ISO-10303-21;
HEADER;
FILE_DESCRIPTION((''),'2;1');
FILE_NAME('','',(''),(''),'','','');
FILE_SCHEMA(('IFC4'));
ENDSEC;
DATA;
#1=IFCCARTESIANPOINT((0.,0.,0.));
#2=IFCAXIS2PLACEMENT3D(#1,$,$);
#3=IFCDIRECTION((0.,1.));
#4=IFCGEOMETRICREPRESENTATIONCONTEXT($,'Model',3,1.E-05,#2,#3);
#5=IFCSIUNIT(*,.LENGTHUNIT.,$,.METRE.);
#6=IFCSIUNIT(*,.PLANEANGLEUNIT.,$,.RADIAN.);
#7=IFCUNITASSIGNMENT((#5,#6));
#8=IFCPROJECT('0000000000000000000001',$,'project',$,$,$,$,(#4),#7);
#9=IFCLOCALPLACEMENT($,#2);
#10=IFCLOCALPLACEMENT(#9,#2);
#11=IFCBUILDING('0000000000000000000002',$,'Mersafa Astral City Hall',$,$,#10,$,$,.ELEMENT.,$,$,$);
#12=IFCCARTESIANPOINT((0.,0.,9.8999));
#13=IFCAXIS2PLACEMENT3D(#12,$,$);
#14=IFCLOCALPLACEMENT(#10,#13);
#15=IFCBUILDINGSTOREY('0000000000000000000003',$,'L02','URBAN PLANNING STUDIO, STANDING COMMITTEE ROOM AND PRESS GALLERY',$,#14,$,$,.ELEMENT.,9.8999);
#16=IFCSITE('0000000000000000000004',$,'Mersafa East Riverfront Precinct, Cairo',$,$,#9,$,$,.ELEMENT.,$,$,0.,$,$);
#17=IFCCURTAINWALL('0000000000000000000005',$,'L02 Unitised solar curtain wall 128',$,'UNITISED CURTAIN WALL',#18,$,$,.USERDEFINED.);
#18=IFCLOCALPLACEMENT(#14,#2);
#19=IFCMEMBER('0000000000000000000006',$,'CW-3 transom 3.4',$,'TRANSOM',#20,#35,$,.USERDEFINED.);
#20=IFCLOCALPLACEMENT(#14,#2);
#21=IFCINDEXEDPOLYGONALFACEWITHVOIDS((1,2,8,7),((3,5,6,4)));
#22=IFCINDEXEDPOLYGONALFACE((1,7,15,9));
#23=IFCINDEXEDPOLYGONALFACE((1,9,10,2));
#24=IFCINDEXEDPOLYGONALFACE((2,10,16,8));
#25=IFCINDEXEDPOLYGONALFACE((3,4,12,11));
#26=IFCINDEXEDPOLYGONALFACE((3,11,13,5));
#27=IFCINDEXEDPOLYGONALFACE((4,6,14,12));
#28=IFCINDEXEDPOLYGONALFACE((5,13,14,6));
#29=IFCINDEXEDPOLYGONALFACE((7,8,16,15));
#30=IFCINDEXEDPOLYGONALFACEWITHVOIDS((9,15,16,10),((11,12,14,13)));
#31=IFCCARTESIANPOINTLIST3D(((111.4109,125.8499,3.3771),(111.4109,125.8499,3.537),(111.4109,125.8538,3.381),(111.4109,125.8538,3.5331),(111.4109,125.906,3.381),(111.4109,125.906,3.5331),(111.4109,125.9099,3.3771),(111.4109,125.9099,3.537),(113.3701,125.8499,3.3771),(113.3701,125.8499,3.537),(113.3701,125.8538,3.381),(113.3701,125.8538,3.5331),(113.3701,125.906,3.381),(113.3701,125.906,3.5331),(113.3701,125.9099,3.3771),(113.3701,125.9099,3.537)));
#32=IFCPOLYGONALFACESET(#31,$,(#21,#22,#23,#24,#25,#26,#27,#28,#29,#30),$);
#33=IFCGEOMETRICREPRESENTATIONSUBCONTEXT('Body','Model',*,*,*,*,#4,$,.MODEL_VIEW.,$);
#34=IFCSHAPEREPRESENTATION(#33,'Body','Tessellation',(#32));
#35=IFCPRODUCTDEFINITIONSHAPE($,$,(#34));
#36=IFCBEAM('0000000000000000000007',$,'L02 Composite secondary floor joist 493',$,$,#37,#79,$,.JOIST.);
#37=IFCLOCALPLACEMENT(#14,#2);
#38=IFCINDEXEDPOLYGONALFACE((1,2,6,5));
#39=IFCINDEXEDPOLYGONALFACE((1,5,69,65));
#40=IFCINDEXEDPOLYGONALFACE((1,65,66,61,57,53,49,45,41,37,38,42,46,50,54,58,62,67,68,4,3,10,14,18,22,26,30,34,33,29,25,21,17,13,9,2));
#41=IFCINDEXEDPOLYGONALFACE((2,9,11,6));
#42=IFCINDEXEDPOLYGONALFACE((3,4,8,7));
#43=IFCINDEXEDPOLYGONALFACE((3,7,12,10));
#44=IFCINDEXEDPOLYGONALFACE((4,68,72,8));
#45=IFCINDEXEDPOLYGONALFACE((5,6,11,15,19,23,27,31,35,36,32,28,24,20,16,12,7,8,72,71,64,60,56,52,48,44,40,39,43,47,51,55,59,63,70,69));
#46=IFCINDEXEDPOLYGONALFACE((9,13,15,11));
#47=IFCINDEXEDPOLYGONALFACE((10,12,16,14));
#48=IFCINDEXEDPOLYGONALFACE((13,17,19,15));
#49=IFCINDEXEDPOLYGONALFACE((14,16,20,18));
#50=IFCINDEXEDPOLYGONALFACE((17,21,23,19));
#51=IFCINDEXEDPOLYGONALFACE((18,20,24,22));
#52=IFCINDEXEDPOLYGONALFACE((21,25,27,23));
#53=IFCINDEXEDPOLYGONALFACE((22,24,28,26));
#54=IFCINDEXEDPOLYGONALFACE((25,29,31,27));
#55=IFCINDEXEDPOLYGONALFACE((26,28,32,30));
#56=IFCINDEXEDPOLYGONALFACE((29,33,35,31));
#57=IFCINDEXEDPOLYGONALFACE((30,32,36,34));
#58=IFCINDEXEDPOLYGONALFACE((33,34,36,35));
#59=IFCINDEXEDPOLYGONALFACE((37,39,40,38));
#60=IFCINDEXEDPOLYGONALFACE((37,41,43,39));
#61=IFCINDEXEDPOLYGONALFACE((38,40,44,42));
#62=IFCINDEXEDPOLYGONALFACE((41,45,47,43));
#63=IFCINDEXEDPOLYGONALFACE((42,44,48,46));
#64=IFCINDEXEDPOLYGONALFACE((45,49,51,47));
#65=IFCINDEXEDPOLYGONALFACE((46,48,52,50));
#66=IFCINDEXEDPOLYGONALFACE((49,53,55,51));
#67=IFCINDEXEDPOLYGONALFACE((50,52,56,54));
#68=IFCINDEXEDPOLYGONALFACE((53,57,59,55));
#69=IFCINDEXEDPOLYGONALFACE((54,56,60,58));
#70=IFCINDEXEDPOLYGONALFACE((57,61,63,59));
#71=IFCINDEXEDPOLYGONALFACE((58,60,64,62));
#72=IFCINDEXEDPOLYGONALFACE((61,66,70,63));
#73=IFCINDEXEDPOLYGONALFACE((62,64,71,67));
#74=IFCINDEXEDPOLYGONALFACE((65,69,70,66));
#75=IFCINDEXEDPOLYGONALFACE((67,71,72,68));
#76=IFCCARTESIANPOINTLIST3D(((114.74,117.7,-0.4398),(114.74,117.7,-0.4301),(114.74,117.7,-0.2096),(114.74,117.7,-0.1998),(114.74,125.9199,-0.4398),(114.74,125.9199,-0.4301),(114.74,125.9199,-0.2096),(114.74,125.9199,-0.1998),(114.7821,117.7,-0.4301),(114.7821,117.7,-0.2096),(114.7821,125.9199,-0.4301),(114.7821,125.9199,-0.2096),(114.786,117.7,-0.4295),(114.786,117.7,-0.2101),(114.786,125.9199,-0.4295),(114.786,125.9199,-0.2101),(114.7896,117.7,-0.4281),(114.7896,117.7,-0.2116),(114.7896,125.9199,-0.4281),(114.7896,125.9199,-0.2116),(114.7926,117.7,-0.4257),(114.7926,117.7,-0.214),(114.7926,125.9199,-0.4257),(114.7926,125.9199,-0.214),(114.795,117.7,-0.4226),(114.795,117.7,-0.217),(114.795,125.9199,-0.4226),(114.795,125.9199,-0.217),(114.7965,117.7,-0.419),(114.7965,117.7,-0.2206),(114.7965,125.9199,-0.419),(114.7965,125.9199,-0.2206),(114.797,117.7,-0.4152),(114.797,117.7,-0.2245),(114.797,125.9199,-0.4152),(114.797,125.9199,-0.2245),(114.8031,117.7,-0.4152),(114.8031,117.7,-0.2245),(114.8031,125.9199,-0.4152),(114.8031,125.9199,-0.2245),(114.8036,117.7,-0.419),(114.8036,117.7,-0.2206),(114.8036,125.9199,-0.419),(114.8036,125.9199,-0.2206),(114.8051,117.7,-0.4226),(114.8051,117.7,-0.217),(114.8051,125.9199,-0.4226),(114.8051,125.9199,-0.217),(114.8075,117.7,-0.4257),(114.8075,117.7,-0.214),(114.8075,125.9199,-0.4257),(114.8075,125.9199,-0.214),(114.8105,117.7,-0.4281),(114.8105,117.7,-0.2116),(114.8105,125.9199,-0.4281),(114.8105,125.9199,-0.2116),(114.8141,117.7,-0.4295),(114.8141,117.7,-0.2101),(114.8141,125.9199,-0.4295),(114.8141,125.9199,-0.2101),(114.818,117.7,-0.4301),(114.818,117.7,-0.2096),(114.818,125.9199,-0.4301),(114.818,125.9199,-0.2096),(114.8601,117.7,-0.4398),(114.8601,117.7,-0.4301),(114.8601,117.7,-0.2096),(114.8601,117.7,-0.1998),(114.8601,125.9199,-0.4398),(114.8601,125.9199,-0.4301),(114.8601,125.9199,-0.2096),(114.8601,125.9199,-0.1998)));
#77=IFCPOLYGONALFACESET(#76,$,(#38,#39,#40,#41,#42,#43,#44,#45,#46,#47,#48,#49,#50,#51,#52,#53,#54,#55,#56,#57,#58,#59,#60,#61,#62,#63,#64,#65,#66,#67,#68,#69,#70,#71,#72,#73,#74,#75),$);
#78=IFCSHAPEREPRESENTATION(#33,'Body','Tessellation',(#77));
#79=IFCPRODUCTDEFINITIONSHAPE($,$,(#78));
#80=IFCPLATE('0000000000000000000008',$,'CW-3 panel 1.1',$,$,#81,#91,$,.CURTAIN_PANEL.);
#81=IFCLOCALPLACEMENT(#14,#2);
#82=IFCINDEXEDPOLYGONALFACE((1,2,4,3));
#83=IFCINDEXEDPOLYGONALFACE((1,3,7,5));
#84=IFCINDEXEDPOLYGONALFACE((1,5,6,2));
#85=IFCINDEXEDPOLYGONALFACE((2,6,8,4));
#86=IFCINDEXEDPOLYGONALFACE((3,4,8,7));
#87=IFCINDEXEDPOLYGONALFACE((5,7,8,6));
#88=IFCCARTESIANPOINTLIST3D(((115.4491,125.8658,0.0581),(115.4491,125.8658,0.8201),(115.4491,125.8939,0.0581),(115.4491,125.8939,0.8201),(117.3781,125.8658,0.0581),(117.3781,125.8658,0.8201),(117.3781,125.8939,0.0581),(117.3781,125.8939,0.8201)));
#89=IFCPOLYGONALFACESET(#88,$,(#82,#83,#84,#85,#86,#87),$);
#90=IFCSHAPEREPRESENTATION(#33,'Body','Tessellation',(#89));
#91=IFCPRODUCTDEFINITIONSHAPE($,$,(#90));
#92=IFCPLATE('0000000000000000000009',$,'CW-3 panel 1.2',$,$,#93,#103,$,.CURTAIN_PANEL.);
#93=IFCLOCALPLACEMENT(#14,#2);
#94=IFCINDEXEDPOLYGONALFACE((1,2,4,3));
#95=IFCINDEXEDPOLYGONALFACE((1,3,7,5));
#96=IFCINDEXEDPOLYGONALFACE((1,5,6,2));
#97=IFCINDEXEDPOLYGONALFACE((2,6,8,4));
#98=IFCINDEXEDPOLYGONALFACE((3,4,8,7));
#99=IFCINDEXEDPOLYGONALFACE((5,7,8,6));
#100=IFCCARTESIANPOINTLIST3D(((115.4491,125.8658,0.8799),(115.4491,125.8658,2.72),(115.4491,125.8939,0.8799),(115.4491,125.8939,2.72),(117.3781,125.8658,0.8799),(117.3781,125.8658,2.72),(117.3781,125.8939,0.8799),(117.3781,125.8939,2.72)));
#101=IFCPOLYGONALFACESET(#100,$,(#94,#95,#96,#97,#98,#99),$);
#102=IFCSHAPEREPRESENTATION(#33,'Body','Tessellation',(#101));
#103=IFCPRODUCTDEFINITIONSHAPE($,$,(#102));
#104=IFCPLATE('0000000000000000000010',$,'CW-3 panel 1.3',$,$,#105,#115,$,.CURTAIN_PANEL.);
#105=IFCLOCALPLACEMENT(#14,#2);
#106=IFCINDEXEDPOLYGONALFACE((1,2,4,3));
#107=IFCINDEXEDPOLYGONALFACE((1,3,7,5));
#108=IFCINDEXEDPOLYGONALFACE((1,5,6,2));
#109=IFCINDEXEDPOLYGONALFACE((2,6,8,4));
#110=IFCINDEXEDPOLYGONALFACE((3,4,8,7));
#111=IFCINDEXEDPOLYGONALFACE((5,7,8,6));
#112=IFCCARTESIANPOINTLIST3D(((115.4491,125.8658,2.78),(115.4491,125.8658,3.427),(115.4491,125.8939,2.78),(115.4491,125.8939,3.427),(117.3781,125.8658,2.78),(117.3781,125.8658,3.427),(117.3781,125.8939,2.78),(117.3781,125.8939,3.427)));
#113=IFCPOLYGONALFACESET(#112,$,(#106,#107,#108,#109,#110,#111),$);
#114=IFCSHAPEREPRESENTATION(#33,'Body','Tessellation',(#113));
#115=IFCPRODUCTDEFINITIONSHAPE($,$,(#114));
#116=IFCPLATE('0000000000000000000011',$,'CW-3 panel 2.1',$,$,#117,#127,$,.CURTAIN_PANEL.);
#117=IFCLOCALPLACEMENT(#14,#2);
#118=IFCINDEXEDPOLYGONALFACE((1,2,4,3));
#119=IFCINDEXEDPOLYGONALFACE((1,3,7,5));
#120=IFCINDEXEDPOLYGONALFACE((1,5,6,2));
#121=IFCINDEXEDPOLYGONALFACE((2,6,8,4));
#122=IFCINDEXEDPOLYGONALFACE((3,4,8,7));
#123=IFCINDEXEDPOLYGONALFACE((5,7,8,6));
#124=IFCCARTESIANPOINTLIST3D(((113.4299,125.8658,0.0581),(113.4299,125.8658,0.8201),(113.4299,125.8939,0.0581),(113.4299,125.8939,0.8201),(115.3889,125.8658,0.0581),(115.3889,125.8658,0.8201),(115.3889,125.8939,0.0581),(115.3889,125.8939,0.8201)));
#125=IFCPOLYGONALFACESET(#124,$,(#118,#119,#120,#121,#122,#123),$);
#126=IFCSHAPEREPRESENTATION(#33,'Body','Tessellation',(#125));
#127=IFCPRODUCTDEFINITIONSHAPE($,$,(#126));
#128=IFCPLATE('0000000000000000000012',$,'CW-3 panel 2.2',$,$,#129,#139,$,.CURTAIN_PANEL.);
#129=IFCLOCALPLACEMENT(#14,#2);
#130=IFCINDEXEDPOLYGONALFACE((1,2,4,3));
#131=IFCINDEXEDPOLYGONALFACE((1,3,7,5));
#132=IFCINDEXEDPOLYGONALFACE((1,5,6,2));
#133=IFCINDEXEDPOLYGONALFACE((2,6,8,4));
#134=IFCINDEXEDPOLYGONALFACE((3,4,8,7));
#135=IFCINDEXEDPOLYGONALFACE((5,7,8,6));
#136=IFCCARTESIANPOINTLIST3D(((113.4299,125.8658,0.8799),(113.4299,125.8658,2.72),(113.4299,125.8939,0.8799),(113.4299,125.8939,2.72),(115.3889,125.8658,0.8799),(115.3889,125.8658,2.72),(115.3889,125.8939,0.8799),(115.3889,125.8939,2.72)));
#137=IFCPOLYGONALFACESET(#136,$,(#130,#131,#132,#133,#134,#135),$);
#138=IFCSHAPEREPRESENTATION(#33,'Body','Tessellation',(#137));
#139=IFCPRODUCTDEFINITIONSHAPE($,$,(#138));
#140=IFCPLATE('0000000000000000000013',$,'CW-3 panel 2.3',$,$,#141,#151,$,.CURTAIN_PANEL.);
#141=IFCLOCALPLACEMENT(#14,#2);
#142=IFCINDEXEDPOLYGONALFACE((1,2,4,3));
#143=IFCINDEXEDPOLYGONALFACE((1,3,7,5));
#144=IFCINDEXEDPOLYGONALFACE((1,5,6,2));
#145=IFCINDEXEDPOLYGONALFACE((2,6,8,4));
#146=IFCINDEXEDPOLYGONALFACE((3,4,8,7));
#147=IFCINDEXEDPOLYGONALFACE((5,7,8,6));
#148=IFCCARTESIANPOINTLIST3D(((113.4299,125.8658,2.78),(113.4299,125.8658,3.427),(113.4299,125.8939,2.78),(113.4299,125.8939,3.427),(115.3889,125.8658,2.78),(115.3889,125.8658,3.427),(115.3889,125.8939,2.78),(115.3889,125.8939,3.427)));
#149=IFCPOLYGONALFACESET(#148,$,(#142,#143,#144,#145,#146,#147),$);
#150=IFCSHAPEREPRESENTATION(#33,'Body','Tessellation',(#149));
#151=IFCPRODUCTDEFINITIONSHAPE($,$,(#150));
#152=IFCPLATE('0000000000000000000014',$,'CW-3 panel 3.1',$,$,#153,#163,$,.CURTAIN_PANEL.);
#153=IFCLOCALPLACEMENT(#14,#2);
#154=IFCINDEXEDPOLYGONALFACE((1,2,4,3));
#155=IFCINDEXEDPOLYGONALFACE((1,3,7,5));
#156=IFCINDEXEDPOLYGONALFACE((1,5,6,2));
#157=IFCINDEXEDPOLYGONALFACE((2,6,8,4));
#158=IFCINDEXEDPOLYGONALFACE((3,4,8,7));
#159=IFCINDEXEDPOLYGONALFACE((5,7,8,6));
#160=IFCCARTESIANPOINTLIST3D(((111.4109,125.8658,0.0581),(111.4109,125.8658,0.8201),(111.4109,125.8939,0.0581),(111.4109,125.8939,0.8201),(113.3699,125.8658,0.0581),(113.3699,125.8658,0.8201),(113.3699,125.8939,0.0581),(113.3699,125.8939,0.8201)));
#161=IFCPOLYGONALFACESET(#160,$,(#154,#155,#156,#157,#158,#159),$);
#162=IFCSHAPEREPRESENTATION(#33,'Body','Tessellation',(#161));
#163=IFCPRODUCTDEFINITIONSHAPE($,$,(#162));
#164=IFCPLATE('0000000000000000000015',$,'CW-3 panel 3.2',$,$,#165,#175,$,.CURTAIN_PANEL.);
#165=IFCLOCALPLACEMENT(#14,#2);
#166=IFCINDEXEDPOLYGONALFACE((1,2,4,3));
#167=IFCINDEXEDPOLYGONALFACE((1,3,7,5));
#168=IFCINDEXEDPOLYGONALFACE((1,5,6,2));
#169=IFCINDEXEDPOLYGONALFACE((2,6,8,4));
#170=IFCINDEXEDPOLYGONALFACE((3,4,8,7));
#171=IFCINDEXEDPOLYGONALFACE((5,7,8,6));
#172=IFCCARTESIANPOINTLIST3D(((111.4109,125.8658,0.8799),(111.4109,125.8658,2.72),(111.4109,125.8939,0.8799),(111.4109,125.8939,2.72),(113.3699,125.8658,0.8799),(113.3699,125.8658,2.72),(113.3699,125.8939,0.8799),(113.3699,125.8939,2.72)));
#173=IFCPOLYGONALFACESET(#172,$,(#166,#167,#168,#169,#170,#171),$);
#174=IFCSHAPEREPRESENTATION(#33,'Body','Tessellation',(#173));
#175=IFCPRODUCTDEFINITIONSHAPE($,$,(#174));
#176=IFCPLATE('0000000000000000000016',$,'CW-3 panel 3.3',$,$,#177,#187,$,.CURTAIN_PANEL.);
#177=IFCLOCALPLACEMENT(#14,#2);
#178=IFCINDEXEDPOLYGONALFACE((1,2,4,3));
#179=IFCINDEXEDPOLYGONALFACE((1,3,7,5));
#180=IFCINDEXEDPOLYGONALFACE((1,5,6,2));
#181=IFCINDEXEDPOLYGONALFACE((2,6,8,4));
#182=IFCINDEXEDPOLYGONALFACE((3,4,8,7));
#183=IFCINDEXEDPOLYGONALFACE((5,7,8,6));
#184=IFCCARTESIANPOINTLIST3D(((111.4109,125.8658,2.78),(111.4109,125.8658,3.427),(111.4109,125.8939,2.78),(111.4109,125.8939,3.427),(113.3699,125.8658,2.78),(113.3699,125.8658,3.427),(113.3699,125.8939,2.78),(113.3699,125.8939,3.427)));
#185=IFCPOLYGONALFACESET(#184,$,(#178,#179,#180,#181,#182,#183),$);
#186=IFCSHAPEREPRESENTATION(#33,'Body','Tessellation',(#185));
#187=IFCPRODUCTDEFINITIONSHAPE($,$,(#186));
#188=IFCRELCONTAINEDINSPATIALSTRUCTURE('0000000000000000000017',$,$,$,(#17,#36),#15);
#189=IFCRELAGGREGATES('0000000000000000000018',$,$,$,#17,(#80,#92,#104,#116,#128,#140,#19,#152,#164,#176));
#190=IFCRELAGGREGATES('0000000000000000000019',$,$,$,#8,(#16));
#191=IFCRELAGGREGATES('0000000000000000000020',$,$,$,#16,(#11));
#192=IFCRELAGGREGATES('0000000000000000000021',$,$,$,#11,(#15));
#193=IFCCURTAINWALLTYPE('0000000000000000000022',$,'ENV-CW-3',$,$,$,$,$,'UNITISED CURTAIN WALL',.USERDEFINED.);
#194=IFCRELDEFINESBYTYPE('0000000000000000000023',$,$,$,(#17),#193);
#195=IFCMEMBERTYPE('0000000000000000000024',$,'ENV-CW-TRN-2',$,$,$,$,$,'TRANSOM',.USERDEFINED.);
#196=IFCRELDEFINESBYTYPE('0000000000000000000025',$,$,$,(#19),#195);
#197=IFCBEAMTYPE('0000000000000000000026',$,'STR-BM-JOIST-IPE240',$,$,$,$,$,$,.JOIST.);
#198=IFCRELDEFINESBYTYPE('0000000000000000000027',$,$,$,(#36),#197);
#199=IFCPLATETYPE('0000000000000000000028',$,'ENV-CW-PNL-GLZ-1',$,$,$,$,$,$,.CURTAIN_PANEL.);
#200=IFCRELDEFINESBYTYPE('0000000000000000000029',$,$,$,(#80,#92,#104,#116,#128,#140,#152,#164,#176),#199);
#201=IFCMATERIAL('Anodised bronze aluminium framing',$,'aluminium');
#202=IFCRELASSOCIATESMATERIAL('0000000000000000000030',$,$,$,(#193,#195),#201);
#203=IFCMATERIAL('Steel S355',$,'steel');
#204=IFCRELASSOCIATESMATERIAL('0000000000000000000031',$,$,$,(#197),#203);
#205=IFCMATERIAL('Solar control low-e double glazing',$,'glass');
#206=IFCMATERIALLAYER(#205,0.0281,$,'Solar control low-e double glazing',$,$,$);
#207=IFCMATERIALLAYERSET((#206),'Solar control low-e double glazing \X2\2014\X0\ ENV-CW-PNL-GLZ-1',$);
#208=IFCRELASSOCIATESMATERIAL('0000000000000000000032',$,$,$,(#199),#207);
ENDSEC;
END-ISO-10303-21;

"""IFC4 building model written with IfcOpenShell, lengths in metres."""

from ifc_helpers import new_model, si_unit, direction, frame, origin, origin_2d, place, context, subcontext, project, spatial, rectangle, hollow_rectangle, i_section, extrude, material, layer, layer_set, material_profile, profile_set, type_object, element, aggregate, save


model = new_model("IFC4")

# Units and contexts
model_context = context("Model", 3, precision=1e-05, world=origin(), true_north=direction((0.0, 1.0)))
body_context = subcontext(model_context, "Body", "Model", "MODEL_VIEW")
ifc_project = project(units=[si_unit("LENGTHUNIT", "METRE"), si_unit("PLANEANGLEUNIT", "RADIAN")], contexts=[model_context])

# Site, building, storey
site_placement = place(None, origin())
site = spatial("IfcSite", under=ifc_project, at=site_placement, Name="Mersafa East Riverfront Precinct, Cairo", CompositionType="ELEMENT", RefElevation=0.0)
building_placement = place(site_placement, origin())
building = spatial("IfcBuilding", under=site, at=building_placement, Name="Mersafa Astral City Hall", CompositionType="ELEMENT")
storey_placement = place(building_placement, frame((0.0, 0.0, 9.8999)))
storey = spatial("IfcBuildingStorey", under=building, at=storey_placement, Name="L02", Description="URBAN PLANNING STUDIO, STANDING COMMITTEE ROOM AND PRESS GALLERY", CompositionType="ELEMENT", Elevation=9.8999)

# Curtain wall, member
ifc_material_1 = material(Name="Anodised bronze aluminium framing", Category="aluminium")
curtain_wall_type = type_object("IfcCurtainWallType", Name="ENV-CW-3", ElementType="UNITISED CURTAIN WALL", PredefinedType="USERDEFINED", material=ifc_material_1)
curtain_wall_placement = place(storey_placement, origin())
curtain_wall = element("IfcCurtainWall", 1, at=curtain_wall_placement, inside=storey, type_object=curtain_wall_type, Name="L02 Unitised solar curtain wall 128", ObjectType="UNITISED CURTAIN WALL", PredefinedType="USERDEFINED")
ifc_material_profile_1 = material_profile(ifc_material_1, hollow_rectangle(XDim=0.0601, YDim=0.1599, WallThickness=0.0039, at=origin_2d()), Name="RHS 60x160x4")
ifc_profile_set_1 = profile_set([ifc_material_profile_1], Name="Anodised bronze aluminium framing")
member_type_1 = type_object("IfcMemberType", Name="ENV-CW-TRN-2", ElementType="TRANSOM", PredefinedType="USERDEFINED", material=ifc_profile_set_1)
member_1_placement = place(storey_placement, frame((113.3701, 125.8799, 3.457), z_axis=(-1.0, 0.0, 0.0), x_axis=(0.0, -1.0, 0.0)))
member_1 = element("IfcMember", 2, at=member_1_placement, type_object=member_type_1, Name="CW-3 transom 3.4", ObjectType="TRANSOM", PredefinedType="USERDEFINED", context=body_context, shape_type="SweptSolid", body=[
    extrude(hollow_rectangle(XDim=0.0601, YDim=0.1599, WallThickness=0.0039, at=origin_2d()), origin(), (0.0, 0.0, 1.0), 1.9592),
])

# Beam
ifc_material_2 = material(Name="Steel S355", Category="steel")
ifc_material_profile_2 = material_profile(ifc_material_2, i_section(OverallWidth=0.1201, OverallDepth=0.24, WebThickness=0.0061, FlangeThickness=0.0098, FilletRadius=0.0149, at=origin_2d()), Name="IPE 240")
ifc_profile_set_2 = profile_set([ifc_material_profile_2], Name="Steel S355")
beam_type = type_object("IfcBeamType", Name="STR-BM-JOIST-IPE240", PredefinedType="JOIST", material=ifc_profile_set_2)
beam_placement = place(storey_placement, frame((114.8, 117.7, -0.3198), z_axis=(0.0, 1.0, 0.0), x_axis=(-1.0, 0.0, 0.0)))
element("IfcBeam", 3, at=beam_placement, inside=storey, type_object=beam_type, Name="L02 Composite secondary floor joist 493", PredefinedType="JOIST", context=body_context, shape_type="SweptSolid", body=[
    extrude(i_section(OverallWidth=0.1201, OverallDepth=0.24, WebThickness=0.0061, FlangeThickness=0.0098, FilletRadius=0.0149, at=origin_2d()), origin(), (0.0, 0.0, 1.0), 8.22),
])

# Plates
ifc_material_3 = material(Name="Solar control low-e double glazing", Category="glass")
ifc_layer_1 = layer(ifc_material_3, 0.0281, Name="Solar control low-e double glazing")
ifc_layer_set_1 = layer_set([ifc_layer_1], Name="Solar control low-e double glazing — ENV-CW-PNL-GLZ-1")
plate_type = type_object("IfcPlateType", Name="ENV-CW-PNL-GLZ-1", PredefinedType="CURTAIN_PANEL", material=ifc_layer_set_1)
plate_1_placement = place(storey_placement, frame((116.4136, 125.8799, 0.0581), z_axis=(0.0, 0.0, 1.0), x_axis=(-1.0, 0.0, 0.0)))
plate_1 = element("IfcPlate", 4, at=plate_1_placement, type_object=plate_type, Name="CW-3 panel 1.1", PredefinedType="CURTAIN_PANEL", context=body_context, shape_type="SweptSolid", body=[
    extrude(rectangle(XDim=1.929, YDim=0.0281, at=origin_2d()), origin(), (0.0, 0.0, 1.0), 0.762),
])
plate_2_placement = place(storey_placement, frame((116.4136, 125.8799, 0.8799), z_axis=(0.0, 0.0, 1.0), x_axis=(-1.0, 0.0, 0.0)))
plate_2 = element("IfcPlate", 5, at=plate_2_placement, type_object=plate_type, Name="CW-3 panel 1.2", PredefinedType="CURTAIN_PANEL", context=body_context, shape_type="SweptSolid", body=[
    extrude(rectangle(XDim=1.929, YDim=0.0281, at=origin_2d()), origin(), (0.0, 0.0, 1.0), 1.8401),
])
plate_3_placement = place(storey_placement, frame((116.4136, 125.8799, 2.78), z_axis=(0.0, 0.0, 1.0), x_axis=(-1.0, 0.0, 0.0)))
plate_3 = element("IfcPlate", 6, at=plate_3_placement, type_object=plate_type, Name="CW-3 panel 1.3", PredefinedType="CURTAIN_PANEL", context=body_context, shape_type="SweptSolid", body=[
    extrude(rectangle(XDim=1.929, YDim=0.0281, at=origin_2d()), origin(), (0.0, 0.0, 1.0), 0.647),
])
plate_4_placement = place(storey_placement, frame((114.4094, 125.8799, 0.0581), z_axis=(0.0, 0.0, 1.0), x_axis=(-1.0, 0.0, 0.0)))
plate_4 = element("IfcPlate", 7, at=plate_4_placement, type_object=plate_type, Name="CW-3 panel 2.1", PredefinedType="CURTAIN_PANEL", context=body_context, shape_type="SweptSolid", body=[
    extrude(rectangle(XDim=1.959, YDim=0.0281, at=origin_2d()), origin(), (0.0, 0.0, 1.0), 0.762),
])
plate_5_placement = place(storey_placement, frame((114.4094, 125.8799, 0.8799), z_axis=(0.0, 0.0, 1.0), x_axis=(-1.0, 0.0, 0.0)))
plate_5 = element("IfcPlate", 8, at=plate_5_placement, type_object=plate_type, Name="CW-3 panel 2.2", PredefinedType="CURTAIN_PANEL", context=body_context, shape_type="SweptSolid", body=[
    extrude(rectangle(XDim=1.959, YDim=0.0281, at=origin_2d()), origin(), (0.0, 0.0, 1.0), 1.8401),
])
plate_6_placement = place(storey_placement, frame((114.4094, 125.8799, 2.78), z_axis=(0.0, 0.0, 1.0), x_axis=(-1.0, 0.0, 0.0)))
plate_6 = element("IfcPlate", 9, at=plate_6_placement, type_object=plate_type, Name="CW-3 panel 2.3", PredefinedType="CURTAIN_PANEL", context=body_context, shape_type="SweptSolid", body=[
    extrude(rectangle(XDim=1.959, YDim=0.0281, at=origin_2d()), origin(), (0.0, 0.0, 1.0), 0.647),
])
plate_7_placement = place(storey_placement, frame((112.3904, 125.8799, 0.0581), z_axis=(0.0, 0.0, 1.0), x_axis=(-1.0, 0.0, 0.0)))
plate_7 = element("IfcPlate", 10, at=plate_7_placement, type_object=plate_type, Name="CW-3 panel 3.1", PredefinedType="CURTAIN_PANEL", context=body_context, shape_type="SweptSolid", body=[
    extrude(rectangle(XDim=1.959, YDim=0.0281, at=origin_2d()), origin(), (0.0, 0.0, 1.0), 0.762),
])
plate_8_placement = place(storey_placement, frame((112.3904, 125.8799, 0.8799), z_axis=(0.0, 0.0, 1.0), x_axis=(-1.0, 0.0, 0.0)))
plate_8 = element("IfcPlate", 11, at=plate_8_placement, type_object=plate_type, Name="CW-3 panel 3.2", PredefinedType="CURTAIN_PANEL", context=body_context, shape_type="SweptSolid", body=[
    extrude(rectangle(XDim=1.959, YDim=0.0281, at=origin_2d()), origin(), (0.0, 0.0, 1.0), 1.8401),
])
plate_9_placement = place(storey_placement, frame((112.3904, 125.8799, 2.78), z_axis=(0.0, 0.0, 1.0), x_axis=(-1.0, 0.0, 0.0)))
plate_9 = element("IfcPlate", 12, at=plate_9_placement, type_object=plate_type, Name="CW-3 panel 3.3", PredefinedType="CURTAIN_PANEL", context=body_context, shape_type="SweptSolid", body=[
    extrude(rectangle(XDim=1.959, YDim=0.0281, at=origin_2d()), origin(), (0.0, 0.0, 1.0), 0.647),
])
aggregate(curtain_wall, [plate_1, plate_2, plate_3, plate_4, plate_5, plate_6, member_1, plate_7, plate_8, plate_9])

save(model, "model.ifc")
